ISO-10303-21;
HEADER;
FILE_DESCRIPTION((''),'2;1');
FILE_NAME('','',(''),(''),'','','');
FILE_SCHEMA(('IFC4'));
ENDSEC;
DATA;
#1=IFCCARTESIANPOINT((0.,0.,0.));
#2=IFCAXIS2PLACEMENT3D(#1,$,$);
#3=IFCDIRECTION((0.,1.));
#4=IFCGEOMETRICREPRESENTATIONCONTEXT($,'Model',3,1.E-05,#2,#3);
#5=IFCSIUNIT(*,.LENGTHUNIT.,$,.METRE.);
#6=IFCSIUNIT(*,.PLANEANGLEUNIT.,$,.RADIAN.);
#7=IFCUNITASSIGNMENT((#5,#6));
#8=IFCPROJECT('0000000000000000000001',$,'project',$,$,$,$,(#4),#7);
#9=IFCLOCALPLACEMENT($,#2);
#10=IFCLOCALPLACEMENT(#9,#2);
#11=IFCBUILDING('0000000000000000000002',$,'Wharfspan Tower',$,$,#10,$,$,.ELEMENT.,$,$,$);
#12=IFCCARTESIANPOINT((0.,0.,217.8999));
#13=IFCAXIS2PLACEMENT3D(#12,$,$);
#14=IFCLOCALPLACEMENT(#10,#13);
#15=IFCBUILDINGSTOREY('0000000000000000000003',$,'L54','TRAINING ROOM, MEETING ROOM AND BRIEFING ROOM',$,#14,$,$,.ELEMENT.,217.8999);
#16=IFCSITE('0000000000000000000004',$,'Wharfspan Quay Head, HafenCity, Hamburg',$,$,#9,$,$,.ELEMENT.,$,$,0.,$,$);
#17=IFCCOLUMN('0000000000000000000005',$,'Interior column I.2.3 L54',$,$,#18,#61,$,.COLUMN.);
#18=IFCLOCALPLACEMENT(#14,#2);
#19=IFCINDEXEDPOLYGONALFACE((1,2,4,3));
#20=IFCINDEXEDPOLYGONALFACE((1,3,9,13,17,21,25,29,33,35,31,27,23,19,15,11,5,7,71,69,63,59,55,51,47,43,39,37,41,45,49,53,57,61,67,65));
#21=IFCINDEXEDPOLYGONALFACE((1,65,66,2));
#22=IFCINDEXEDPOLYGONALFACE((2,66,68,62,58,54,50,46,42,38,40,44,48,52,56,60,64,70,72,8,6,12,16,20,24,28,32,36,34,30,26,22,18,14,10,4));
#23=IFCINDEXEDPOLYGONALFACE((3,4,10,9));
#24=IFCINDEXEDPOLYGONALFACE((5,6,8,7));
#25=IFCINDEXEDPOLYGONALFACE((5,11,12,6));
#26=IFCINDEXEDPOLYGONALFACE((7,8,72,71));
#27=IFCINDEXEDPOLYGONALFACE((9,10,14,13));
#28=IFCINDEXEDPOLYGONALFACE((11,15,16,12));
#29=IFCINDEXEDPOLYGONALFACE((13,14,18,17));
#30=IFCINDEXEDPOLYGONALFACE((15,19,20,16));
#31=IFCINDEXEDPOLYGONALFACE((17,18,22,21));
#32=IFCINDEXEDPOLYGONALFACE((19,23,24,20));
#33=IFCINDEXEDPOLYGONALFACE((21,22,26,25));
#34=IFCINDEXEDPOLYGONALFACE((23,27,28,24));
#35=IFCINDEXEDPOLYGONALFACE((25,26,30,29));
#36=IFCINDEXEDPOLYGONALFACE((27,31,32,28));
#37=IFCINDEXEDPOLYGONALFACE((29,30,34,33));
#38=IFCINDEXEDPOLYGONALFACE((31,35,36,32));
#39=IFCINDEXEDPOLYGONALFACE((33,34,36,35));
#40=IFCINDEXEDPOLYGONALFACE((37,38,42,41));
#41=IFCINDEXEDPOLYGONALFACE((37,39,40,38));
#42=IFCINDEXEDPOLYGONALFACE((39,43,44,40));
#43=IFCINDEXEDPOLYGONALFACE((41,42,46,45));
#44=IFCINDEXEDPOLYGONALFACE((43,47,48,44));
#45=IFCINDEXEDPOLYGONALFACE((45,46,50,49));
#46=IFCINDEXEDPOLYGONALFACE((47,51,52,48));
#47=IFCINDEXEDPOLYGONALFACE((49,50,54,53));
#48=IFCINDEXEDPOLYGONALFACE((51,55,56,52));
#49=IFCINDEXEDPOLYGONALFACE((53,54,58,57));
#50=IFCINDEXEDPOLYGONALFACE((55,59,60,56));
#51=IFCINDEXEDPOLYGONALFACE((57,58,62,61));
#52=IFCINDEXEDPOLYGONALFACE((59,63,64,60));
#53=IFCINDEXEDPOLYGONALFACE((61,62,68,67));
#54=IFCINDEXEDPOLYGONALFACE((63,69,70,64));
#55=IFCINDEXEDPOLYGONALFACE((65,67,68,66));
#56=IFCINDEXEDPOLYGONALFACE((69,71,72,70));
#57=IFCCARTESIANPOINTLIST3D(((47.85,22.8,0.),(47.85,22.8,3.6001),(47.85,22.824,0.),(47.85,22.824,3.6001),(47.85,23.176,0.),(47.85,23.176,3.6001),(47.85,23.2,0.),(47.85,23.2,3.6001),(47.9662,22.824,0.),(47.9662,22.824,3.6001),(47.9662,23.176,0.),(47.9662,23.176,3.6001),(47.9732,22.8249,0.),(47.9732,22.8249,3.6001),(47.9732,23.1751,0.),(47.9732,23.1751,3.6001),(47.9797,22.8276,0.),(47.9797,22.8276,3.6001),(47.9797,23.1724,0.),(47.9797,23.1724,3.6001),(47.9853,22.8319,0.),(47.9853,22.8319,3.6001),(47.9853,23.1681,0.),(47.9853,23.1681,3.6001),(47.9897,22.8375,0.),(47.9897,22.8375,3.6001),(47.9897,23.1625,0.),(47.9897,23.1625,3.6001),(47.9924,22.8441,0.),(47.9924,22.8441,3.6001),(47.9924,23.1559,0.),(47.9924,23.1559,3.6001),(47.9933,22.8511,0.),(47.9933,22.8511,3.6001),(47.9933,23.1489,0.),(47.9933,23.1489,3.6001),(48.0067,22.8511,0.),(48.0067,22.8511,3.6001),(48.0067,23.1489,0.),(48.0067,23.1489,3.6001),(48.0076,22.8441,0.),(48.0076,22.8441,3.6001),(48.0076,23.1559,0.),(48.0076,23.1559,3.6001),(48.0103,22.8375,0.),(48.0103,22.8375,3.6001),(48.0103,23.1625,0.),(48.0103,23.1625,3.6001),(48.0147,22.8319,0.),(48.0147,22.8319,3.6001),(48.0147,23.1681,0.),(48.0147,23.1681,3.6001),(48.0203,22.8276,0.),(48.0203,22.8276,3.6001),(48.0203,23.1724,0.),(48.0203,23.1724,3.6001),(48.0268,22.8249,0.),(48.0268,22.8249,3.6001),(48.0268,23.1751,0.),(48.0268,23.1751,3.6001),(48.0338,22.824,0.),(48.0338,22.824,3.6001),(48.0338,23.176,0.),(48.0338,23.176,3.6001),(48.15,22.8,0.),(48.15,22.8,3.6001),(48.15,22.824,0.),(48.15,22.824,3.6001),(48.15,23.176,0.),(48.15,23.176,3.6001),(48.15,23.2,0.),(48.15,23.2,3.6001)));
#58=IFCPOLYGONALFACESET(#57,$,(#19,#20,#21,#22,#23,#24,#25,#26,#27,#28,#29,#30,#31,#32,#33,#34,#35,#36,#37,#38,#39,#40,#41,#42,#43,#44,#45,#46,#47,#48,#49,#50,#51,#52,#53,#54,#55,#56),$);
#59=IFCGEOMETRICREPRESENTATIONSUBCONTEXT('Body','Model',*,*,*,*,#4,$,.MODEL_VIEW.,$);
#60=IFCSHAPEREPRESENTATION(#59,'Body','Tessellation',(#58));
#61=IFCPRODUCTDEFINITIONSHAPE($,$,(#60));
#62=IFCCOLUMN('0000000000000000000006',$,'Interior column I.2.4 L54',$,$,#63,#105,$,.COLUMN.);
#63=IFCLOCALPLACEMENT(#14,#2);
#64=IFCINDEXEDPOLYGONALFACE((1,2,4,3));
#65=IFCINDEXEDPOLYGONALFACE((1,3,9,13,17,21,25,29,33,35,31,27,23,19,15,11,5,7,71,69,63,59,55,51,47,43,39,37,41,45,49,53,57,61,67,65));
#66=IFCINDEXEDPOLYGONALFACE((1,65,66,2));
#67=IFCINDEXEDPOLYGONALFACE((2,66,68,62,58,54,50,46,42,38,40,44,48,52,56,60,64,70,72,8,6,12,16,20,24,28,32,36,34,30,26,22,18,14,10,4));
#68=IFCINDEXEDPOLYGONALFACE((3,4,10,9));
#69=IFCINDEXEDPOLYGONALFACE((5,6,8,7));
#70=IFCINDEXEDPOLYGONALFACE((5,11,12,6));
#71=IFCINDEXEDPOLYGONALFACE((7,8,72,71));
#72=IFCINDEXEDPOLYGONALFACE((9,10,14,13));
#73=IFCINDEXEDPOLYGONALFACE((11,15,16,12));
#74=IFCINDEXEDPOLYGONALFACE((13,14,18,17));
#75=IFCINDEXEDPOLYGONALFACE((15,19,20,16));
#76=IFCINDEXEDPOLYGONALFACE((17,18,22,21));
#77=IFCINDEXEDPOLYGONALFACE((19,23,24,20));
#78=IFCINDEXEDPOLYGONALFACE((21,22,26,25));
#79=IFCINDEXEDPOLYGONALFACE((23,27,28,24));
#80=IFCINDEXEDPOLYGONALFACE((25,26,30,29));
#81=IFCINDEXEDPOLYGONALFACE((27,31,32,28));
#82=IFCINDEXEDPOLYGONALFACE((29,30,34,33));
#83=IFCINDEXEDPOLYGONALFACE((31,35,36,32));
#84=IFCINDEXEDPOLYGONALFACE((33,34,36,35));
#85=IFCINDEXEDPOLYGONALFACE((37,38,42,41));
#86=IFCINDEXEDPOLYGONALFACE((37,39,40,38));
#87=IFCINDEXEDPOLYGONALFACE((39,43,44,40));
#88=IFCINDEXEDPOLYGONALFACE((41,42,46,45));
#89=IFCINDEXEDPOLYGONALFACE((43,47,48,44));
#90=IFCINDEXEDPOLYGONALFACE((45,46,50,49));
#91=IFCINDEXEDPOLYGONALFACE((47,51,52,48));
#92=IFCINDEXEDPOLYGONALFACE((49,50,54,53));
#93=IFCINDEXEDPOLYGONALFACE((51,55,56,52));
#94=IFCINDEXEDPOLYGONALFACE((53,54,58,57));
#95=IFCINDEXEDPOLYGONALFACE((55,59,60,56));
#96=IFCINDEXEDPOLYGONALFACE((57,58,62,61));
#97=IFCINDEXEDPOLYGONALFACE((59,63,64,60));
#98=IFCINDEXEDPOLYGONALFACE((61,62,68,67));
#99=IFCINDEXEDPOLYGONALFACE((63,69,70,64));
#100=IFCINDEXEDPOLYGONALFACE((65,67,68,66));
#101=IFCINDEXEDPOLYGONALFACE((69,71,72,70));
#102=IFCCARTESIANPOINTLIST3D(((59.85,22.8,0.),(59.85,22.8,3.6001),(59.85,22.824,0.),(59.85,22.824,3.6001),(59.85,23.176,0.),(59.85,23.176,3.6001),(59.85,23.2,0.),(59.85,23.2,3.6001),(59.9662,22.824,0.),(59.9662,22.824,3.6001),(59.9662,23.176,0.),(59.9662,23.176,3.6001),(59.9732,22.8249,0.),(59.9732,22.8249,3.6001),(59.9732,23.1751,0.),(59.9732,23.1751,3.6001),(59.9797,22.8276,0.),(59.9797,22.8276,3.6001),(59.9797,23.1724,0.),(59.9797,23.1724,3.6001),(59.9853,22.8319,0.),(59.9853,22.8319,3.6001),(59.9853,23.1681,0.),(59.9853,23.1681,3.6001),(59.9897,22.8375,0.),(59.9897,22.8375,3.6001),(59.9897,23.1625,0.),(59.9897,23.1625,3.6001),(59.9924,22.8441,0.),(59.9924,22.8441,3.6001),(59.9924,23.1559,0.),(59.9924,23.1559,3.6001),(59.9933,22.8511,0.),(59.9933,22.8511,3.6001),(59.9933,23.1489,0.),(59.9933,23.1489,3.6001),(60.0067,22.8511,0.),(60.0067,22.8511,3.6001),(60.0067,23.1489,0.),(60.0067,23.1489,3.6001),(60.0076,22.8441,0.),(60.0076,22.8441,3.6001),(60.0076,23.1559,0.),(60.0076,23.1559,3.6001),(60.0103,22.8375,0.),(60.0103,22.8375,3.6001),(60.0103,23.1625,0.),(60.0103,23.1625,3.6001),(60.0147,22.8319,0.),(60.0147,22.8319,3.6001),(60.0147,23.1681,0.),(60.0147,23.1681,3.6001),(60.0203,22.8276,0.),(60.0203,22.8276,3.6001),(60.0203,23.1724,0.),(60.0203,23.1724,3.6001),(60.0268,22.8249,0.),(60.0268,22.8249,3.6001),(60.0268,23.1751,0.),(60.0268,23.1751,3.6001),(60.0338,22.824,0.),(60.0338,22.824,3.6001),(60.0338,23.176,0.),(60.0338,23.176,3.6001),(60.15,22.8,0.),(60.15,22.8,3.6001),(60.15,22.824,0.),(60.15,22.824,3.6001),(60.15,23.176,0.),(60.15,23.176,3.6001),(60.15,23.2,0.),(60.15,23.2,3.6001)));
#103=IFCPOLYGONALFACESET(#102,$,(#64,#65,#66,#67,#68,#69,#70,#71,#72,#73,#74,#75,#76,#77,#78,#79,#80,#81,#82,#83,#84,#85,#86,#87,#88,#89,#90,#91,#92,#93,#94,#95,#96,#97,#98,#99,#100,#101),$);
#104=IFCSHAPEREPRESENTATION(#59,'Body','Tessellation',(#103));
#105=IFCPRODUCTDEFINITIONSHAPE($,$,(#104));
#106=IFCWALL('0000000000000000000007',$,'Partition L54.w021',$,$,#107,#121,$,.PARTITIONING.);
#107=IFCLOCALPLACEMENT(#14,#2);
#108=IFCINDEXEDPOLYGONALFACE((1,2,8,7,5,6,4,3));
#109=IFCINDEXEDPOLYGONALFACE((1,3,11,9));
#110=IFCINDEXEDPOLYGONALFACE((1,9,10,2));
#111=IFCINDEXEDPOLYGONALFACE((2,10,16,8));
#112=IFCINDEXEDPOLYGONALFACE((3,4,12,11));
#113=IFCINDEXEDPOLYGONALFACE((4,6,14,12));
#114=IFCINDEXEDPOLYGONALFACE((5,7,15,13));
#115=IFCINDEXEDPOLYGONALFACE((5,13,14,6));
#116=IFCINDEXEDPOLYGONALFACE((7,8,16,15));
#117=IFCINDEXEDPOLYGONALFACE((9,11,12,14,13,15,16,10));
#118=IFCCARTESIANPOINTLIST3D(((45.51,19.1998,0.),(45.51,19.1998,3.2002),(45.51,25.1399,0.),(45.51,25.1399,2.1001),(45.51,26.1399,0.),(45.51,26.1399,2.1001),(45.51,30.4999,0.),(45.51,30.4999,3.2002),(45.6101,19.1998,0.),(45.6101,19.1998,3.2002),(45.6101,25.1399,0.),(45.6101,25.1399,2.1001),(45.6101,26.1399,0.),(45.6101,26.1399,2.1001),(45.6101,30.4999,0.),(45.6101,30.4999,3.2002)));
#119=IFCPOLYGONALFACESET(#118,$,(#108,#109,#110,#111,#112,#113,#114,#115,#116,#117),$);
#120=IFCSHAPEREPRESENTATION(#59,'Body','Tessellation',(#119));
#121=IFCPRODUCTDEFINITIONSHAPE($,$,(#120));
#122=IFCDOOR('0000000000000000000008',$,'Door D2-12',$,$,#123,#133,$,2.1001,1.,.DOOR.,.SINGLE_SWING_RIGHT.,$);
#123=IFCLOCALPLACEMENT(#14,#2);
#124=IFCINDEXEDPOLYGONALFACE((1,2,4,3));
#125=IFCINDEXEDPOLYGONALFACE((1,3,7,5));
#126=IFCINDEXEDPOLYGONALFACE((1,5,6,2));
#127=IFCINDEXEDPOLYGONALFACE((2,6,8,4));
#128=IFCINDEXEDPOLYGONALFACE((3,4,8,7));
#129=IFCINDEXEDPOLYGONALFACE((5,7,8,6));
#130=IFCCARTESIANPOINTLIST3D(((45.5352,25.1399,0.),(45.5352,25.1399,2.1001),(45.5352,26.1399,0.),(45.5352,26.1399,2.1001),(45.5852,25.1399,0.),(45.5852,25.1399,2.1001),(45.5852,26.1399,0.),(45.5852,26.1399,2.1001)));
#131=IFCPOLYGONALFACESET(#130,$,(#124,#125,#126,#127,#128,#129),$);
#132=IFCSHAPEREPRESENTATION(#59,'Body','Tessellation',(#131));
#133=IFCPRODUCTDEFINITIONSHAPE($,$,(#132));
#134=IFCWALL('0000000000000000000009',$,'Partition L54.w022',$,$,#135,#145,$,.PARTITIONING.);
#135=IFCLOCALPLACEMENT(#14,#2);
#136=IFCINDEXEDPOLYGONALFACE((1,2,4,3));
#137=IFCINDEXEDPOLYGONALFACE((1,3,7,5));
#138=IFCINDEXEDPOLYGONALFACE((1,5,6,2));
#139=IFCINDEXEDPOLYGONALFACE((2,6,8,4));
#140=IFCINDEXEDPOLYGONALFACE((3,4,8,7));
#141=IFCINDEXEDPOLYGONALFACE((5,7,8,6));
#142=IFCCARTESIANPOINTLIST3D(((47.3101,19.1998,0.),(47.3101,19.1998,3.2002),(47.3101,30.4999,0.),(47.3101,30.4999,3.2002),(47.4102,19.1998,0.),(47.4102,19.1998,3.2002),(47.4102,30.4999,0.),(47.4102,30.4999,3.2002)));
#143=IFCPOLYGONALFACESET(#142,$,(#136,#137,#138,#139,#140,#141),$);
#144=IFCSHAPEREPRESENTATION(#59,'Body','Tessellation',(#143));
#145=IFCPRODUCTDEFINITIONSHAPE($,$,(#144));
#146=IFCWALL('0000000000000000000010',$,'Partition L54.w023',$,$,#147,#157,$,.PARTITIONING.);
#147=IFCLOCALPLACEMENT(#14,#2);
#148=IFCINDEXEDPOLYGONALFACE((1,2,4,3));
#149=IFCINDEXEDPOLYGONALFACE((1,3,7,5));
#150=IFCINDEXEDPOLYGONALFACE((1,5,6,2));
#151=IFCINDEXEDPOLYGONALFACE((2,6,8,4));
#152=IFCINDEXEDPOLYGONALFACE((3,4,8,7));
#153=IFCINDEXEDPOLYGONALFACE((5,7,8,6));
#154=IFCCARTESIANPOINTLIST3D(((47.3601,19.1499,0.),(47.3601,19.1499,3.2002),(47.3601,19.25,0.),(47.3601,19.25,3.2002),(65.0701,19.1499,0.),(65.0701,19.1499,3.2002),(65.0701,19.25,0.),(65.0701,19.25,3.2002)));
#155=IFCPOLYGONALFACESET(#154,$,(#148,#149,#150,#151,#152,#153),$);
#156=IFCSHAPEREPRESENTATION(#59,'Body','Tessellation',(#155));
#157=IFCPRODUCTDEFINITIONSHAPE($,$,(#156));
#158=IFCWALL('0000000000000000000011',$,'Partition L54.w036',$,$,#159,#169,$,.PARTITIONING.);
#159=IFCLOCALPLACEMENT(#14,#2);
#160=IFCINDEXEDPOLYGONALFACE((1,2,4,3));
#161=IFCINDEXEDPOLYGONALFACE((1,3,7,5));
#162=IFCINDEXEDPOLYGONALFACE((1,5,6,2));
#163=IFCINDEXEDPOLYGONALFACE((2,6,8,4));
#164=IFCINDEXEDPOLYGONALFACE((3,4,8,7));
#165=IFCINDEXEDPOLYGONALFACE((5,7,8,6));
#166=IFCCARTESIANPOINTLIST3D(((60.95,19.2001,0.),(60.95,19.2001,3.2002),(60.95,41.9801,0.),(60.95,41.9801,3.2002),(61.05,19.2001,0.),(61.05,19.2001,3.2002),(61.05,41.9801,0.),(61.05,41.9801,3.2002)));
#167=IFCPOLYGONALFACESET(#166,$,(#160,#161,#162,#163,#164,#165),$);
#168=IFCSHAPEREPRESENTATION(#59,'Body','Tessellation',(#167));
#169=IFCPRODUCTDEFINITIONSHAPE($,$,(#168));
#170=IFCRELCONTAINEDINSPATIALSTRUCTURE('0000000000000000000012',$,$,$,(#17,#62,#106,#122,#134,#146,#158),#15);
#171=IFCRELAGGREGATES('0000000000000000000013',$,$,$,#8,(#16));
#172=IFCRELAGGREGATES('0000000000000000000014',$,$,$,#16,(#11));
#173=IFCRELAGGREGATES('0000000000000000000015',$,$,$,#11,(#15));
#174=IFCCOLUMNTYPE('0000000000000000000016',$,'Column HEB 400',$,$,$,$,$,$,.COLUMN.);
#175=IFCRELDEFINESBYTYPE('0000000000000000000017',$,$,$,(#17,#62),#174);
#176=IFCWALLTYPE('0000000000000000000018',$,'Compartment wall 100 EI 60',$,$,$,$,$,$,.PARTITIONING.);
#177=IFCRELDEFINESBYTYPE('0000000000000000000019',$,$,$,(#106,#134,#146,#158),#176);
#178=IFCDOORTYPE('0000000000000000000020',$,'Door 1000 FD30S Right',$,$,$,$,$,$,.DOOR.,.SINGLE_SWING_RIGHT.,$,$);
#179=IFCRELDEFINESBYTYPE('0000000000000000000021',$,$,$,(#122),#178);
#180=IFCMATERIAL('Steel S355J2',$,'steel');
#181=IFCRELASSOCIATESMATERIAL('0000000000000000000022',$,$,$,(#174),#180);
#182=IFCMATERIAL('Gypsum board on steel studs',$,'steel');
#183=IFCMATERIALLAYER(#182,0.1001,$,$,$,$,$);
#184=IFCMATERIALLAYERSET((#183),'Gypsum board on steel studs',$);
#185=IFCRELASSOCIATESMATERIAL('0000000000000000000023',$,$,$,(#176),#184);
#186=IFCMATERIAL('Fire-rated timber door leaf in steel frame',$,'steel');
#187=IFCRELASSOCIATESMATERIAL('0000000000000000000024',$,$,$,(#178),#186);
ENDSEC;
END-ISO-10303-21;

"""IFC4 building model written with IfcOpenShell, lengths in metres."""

from ifc_helpers import new_model, si_unit, direction, frame, frame_2d, origin, origin_2d, place, context, subcontext, project, spatial, rectangle, i_section, extrude, material, layer, layer_set, material_profile, profile_set, type_object, element, fill, save


model = new_model("IFC4")

# Units and contexts
model_context = context("Model", 3, precision=1e-05, world=origin(), true_north=direction((0.0, 1.0)))
body_context = subcontext(model_context, "Body", "Model", "MODEL_VIEW")
ifc_project = project(units=[si_unit("LENGTHUNIT", "METRE"), si_unit("PLANEANGLEUNIT", "RADIAN")], contexts=[model_context])

# Site, building, storey
site_placement = place(None, origin())
site = spatial("IfcSite", under=ifc_project, at=site_placement, Name="Wharfspan Quay Head, HafenCity, Hamburg", CompositionType="ELEMENT", RefElevation=0.0)
building_placement = place(site_placement, origin())
building = spatial("IfcBuilding", under=site, at=building_placement, Name="Wharfspan Tower", CompositionType="ELEMENT")
storey_placement = place(building_placement, frame((0.0, 0.0, 217.8999)))
storey = spatial("IfcBuildingStorey", under=building, at=storey_placement, Name="L54", Description="TRAINING ROOM, MEETING ROOM AND BRIEFING ROOM", CompositionType="ELEMENT", Elevation=217.8999)

# Columns
ifc_material_1 = material(Name="Steel S355J2", Category="steel")
ifc_material_profile = material_profile(ifc_material_1, i_section(OverallWidth=0.3, OverallDepth=0.3999, WebThickness=0.0134, FlangeThickness=0.0239, FilletRadius=0.0271, at=origin_2d()))
ifc_profile_set = profile_set([ifc_material_profile], Name="Steel S355J2")
column_type = type_object("IfcColumnType", Name="Column HEB 400", PredefinedType="COLUMN", material=ifc_profile_set)
for number, where, z_axis, x_axis, name in (
    (1, (48.0, 23.0, 0.0), (0.0, 0.0, 1.0), (1.0, 0.0, 0.0), "Interior column I.2.3 L54"),
    (2, (60.0, 23.0, 0.0), (0.0, 0.0, 1.0), (1.0, 0.0, 0.0), "Interior column I.2.4 L54"),
):
    element("IfcColumn", number, at=place(storey_placement, frame(where, z_axis=z_axis, x_axis=x_axis)), inside=storey, type_object=column_type, Name=name, PredefinedType="COLUMN", context=body_context, shape_type="SweptSolid", body=[
        extrude(i_section(OverallWidth=0.3, OverallDepth=0.3999, WebThickness=0.0134, FlangeThickness=0.0239, FilletRadius=0.0271, at=origin_2d()), origin(), (0.0, 0.0, 1.0), 3.6001),
    ])

# Wall, opening, door
ifc_material_2 = material(Name="Gypsum board on steel studs", Category="steel")
ifc_layer_1 = layer(ifc_material_2, 0.1001)
ifc_layer_set_1 = layer_set([ifc_layer_1], Name="Gypsum board on steel studs")
wall_type_1 = type_object("IfcWallType", Name="Compartment wall 100 EI 60", PredefinedType="PARTITIONING", material=ifc_layer_set_1)
wall_1_placement = place(storey_placement, frame((45.5601, 19.2, 0.0), z_axis=(0.0, 0.0, 1.0), x_axis=(0.0, 1.0, 0.0)))
wall_1 = element("IfcWall", 3, at=wall_1_placement, inside=storey, type_object=wall_type_1, Name="Partition L54.w021", PredefinedType="PARTITIONING", context=body_context, shape_type="SweptSolid", body=[
    extrude(rectangle(XDim=11.3, YDim=0.1001, at=frame_2d((5.6499, 0.0))), origin(), (0.0, 0.0, 1.0), 3.2002),
])
opening_1_placement = place(wall_1_placement, frame((5.9399, 0.0, 0.0)))
opening_1 = element("IfcOpeningElement", 4, at=opening_1_placement, cuts=wall_1, PredefinedType="OPENING", context=body_context, shape_type="SweptSolid", body=[
    extrude(rectangle(XDim=1.0, YDim=2.1001, at=frame_2d((0.5, 1.05))), frame((0.0, 0.0601, 0.0), z_axis=(0.0, -1.0, 0.0), x_axis=(1.0, 0.0, 0.0)), (0.0, 0.0, 1.0), 0.1201),
])
ifc_material_3 = material(Name="Fire-rated timber door leaf in steel frame", Category="steel")
door_type_1 = type_object("IfcDoorType", Name="Door 1000 FD30S Right", OperationType="SINGLE_SWING_RIGHT", PredefinedType="DOOR", material=ifc_material_3)
door_1_placement = place(opening_1_placement, origin())
door_1 = element("IfcDoor", 5, at=door_1_placement, inside=storey, type_object=door_type_1, Name="Door D2-12", OperationType="SINGLE_SWING_RIGHT", OverallHeight=2.1001, OverallWidth=1.0, PredefinedType="DOOR", context=body_context, shape_type="SweptSolid", body=[
    extrude(rectangle(XDim=1.0, YDim=2.1001, at=frame_2d((0.5, 1.05))), frame((0.0, 0.0249, 0.0), z_axis=(0.0, -1.0, 0.0), x_axis=(1.0, 0.0, 0.0)), (0.0, 0.0, 1.0), 0.05),
])
fill(opening_1, door_1)

# Walls
wall_2_placement = place(storey_placement, frame((47.3601, 19.2, 0.0), z_axis=(0.0, 0.0, 1.0), x_axis=(0.0, 1.0, 0.0)))
element("IfcWall", 6, at=wall_2_placement, inside=storey, type_object=wall_type_1, Name="Partition L54.w022", PredefinedType="PARTITIONING", context=body_context, shape_type="SweptSolid", body=[
    extrude(rectangle(XDim=11.3, YDim=0.1001, at=frame_2d((5.6499, 0.0))), origin(), (0.0, 0.0, 1.0), 3.2002),
])
wall_3_placement = place(storey_placement, frame((47.3601, 19.2, 0.0), z_axis=(0.0, 0.0, 1.0), x_axis=(1.0, 0.0, 0.0)))
element("IfcWall", 7, at=wall_3_placement, inside=storey, type_object=wall_type_1, Name="Partition L54.w023", PredefinedType="PARTITIONING", context=body_context, shape_type="SweptSolid", body=[
    extrude(rectangle(XDim=17.71, YDim=0.1001, at=frame_2d((8.855, 0.0))), origin(), (0.0, 0.0, 1.0), 3.2002),
])
wall_4_placement = place(storey_placement, frame((61.0, 19.2, 0.0), z_axis=(0.0, 0.0, 1.0), x_axis=(0.0, 1.0, 0.0)))
element("IfcWall", 8, at=wall_4_placement, inside=storey, type_object=wall_type_1, Name="Partition L54.w036", PredefinedType="PARTITIONING", context=body_context, shape_type="SweptSolid", body=[
    extrude(rectangle(XDim=22.78, YDim=0.1001, at=frame_2d((11.3901, 0.0))), origin(), (0.0, 0.0, 1.0), 3.2002),
])

save(model, "model.ifc")
